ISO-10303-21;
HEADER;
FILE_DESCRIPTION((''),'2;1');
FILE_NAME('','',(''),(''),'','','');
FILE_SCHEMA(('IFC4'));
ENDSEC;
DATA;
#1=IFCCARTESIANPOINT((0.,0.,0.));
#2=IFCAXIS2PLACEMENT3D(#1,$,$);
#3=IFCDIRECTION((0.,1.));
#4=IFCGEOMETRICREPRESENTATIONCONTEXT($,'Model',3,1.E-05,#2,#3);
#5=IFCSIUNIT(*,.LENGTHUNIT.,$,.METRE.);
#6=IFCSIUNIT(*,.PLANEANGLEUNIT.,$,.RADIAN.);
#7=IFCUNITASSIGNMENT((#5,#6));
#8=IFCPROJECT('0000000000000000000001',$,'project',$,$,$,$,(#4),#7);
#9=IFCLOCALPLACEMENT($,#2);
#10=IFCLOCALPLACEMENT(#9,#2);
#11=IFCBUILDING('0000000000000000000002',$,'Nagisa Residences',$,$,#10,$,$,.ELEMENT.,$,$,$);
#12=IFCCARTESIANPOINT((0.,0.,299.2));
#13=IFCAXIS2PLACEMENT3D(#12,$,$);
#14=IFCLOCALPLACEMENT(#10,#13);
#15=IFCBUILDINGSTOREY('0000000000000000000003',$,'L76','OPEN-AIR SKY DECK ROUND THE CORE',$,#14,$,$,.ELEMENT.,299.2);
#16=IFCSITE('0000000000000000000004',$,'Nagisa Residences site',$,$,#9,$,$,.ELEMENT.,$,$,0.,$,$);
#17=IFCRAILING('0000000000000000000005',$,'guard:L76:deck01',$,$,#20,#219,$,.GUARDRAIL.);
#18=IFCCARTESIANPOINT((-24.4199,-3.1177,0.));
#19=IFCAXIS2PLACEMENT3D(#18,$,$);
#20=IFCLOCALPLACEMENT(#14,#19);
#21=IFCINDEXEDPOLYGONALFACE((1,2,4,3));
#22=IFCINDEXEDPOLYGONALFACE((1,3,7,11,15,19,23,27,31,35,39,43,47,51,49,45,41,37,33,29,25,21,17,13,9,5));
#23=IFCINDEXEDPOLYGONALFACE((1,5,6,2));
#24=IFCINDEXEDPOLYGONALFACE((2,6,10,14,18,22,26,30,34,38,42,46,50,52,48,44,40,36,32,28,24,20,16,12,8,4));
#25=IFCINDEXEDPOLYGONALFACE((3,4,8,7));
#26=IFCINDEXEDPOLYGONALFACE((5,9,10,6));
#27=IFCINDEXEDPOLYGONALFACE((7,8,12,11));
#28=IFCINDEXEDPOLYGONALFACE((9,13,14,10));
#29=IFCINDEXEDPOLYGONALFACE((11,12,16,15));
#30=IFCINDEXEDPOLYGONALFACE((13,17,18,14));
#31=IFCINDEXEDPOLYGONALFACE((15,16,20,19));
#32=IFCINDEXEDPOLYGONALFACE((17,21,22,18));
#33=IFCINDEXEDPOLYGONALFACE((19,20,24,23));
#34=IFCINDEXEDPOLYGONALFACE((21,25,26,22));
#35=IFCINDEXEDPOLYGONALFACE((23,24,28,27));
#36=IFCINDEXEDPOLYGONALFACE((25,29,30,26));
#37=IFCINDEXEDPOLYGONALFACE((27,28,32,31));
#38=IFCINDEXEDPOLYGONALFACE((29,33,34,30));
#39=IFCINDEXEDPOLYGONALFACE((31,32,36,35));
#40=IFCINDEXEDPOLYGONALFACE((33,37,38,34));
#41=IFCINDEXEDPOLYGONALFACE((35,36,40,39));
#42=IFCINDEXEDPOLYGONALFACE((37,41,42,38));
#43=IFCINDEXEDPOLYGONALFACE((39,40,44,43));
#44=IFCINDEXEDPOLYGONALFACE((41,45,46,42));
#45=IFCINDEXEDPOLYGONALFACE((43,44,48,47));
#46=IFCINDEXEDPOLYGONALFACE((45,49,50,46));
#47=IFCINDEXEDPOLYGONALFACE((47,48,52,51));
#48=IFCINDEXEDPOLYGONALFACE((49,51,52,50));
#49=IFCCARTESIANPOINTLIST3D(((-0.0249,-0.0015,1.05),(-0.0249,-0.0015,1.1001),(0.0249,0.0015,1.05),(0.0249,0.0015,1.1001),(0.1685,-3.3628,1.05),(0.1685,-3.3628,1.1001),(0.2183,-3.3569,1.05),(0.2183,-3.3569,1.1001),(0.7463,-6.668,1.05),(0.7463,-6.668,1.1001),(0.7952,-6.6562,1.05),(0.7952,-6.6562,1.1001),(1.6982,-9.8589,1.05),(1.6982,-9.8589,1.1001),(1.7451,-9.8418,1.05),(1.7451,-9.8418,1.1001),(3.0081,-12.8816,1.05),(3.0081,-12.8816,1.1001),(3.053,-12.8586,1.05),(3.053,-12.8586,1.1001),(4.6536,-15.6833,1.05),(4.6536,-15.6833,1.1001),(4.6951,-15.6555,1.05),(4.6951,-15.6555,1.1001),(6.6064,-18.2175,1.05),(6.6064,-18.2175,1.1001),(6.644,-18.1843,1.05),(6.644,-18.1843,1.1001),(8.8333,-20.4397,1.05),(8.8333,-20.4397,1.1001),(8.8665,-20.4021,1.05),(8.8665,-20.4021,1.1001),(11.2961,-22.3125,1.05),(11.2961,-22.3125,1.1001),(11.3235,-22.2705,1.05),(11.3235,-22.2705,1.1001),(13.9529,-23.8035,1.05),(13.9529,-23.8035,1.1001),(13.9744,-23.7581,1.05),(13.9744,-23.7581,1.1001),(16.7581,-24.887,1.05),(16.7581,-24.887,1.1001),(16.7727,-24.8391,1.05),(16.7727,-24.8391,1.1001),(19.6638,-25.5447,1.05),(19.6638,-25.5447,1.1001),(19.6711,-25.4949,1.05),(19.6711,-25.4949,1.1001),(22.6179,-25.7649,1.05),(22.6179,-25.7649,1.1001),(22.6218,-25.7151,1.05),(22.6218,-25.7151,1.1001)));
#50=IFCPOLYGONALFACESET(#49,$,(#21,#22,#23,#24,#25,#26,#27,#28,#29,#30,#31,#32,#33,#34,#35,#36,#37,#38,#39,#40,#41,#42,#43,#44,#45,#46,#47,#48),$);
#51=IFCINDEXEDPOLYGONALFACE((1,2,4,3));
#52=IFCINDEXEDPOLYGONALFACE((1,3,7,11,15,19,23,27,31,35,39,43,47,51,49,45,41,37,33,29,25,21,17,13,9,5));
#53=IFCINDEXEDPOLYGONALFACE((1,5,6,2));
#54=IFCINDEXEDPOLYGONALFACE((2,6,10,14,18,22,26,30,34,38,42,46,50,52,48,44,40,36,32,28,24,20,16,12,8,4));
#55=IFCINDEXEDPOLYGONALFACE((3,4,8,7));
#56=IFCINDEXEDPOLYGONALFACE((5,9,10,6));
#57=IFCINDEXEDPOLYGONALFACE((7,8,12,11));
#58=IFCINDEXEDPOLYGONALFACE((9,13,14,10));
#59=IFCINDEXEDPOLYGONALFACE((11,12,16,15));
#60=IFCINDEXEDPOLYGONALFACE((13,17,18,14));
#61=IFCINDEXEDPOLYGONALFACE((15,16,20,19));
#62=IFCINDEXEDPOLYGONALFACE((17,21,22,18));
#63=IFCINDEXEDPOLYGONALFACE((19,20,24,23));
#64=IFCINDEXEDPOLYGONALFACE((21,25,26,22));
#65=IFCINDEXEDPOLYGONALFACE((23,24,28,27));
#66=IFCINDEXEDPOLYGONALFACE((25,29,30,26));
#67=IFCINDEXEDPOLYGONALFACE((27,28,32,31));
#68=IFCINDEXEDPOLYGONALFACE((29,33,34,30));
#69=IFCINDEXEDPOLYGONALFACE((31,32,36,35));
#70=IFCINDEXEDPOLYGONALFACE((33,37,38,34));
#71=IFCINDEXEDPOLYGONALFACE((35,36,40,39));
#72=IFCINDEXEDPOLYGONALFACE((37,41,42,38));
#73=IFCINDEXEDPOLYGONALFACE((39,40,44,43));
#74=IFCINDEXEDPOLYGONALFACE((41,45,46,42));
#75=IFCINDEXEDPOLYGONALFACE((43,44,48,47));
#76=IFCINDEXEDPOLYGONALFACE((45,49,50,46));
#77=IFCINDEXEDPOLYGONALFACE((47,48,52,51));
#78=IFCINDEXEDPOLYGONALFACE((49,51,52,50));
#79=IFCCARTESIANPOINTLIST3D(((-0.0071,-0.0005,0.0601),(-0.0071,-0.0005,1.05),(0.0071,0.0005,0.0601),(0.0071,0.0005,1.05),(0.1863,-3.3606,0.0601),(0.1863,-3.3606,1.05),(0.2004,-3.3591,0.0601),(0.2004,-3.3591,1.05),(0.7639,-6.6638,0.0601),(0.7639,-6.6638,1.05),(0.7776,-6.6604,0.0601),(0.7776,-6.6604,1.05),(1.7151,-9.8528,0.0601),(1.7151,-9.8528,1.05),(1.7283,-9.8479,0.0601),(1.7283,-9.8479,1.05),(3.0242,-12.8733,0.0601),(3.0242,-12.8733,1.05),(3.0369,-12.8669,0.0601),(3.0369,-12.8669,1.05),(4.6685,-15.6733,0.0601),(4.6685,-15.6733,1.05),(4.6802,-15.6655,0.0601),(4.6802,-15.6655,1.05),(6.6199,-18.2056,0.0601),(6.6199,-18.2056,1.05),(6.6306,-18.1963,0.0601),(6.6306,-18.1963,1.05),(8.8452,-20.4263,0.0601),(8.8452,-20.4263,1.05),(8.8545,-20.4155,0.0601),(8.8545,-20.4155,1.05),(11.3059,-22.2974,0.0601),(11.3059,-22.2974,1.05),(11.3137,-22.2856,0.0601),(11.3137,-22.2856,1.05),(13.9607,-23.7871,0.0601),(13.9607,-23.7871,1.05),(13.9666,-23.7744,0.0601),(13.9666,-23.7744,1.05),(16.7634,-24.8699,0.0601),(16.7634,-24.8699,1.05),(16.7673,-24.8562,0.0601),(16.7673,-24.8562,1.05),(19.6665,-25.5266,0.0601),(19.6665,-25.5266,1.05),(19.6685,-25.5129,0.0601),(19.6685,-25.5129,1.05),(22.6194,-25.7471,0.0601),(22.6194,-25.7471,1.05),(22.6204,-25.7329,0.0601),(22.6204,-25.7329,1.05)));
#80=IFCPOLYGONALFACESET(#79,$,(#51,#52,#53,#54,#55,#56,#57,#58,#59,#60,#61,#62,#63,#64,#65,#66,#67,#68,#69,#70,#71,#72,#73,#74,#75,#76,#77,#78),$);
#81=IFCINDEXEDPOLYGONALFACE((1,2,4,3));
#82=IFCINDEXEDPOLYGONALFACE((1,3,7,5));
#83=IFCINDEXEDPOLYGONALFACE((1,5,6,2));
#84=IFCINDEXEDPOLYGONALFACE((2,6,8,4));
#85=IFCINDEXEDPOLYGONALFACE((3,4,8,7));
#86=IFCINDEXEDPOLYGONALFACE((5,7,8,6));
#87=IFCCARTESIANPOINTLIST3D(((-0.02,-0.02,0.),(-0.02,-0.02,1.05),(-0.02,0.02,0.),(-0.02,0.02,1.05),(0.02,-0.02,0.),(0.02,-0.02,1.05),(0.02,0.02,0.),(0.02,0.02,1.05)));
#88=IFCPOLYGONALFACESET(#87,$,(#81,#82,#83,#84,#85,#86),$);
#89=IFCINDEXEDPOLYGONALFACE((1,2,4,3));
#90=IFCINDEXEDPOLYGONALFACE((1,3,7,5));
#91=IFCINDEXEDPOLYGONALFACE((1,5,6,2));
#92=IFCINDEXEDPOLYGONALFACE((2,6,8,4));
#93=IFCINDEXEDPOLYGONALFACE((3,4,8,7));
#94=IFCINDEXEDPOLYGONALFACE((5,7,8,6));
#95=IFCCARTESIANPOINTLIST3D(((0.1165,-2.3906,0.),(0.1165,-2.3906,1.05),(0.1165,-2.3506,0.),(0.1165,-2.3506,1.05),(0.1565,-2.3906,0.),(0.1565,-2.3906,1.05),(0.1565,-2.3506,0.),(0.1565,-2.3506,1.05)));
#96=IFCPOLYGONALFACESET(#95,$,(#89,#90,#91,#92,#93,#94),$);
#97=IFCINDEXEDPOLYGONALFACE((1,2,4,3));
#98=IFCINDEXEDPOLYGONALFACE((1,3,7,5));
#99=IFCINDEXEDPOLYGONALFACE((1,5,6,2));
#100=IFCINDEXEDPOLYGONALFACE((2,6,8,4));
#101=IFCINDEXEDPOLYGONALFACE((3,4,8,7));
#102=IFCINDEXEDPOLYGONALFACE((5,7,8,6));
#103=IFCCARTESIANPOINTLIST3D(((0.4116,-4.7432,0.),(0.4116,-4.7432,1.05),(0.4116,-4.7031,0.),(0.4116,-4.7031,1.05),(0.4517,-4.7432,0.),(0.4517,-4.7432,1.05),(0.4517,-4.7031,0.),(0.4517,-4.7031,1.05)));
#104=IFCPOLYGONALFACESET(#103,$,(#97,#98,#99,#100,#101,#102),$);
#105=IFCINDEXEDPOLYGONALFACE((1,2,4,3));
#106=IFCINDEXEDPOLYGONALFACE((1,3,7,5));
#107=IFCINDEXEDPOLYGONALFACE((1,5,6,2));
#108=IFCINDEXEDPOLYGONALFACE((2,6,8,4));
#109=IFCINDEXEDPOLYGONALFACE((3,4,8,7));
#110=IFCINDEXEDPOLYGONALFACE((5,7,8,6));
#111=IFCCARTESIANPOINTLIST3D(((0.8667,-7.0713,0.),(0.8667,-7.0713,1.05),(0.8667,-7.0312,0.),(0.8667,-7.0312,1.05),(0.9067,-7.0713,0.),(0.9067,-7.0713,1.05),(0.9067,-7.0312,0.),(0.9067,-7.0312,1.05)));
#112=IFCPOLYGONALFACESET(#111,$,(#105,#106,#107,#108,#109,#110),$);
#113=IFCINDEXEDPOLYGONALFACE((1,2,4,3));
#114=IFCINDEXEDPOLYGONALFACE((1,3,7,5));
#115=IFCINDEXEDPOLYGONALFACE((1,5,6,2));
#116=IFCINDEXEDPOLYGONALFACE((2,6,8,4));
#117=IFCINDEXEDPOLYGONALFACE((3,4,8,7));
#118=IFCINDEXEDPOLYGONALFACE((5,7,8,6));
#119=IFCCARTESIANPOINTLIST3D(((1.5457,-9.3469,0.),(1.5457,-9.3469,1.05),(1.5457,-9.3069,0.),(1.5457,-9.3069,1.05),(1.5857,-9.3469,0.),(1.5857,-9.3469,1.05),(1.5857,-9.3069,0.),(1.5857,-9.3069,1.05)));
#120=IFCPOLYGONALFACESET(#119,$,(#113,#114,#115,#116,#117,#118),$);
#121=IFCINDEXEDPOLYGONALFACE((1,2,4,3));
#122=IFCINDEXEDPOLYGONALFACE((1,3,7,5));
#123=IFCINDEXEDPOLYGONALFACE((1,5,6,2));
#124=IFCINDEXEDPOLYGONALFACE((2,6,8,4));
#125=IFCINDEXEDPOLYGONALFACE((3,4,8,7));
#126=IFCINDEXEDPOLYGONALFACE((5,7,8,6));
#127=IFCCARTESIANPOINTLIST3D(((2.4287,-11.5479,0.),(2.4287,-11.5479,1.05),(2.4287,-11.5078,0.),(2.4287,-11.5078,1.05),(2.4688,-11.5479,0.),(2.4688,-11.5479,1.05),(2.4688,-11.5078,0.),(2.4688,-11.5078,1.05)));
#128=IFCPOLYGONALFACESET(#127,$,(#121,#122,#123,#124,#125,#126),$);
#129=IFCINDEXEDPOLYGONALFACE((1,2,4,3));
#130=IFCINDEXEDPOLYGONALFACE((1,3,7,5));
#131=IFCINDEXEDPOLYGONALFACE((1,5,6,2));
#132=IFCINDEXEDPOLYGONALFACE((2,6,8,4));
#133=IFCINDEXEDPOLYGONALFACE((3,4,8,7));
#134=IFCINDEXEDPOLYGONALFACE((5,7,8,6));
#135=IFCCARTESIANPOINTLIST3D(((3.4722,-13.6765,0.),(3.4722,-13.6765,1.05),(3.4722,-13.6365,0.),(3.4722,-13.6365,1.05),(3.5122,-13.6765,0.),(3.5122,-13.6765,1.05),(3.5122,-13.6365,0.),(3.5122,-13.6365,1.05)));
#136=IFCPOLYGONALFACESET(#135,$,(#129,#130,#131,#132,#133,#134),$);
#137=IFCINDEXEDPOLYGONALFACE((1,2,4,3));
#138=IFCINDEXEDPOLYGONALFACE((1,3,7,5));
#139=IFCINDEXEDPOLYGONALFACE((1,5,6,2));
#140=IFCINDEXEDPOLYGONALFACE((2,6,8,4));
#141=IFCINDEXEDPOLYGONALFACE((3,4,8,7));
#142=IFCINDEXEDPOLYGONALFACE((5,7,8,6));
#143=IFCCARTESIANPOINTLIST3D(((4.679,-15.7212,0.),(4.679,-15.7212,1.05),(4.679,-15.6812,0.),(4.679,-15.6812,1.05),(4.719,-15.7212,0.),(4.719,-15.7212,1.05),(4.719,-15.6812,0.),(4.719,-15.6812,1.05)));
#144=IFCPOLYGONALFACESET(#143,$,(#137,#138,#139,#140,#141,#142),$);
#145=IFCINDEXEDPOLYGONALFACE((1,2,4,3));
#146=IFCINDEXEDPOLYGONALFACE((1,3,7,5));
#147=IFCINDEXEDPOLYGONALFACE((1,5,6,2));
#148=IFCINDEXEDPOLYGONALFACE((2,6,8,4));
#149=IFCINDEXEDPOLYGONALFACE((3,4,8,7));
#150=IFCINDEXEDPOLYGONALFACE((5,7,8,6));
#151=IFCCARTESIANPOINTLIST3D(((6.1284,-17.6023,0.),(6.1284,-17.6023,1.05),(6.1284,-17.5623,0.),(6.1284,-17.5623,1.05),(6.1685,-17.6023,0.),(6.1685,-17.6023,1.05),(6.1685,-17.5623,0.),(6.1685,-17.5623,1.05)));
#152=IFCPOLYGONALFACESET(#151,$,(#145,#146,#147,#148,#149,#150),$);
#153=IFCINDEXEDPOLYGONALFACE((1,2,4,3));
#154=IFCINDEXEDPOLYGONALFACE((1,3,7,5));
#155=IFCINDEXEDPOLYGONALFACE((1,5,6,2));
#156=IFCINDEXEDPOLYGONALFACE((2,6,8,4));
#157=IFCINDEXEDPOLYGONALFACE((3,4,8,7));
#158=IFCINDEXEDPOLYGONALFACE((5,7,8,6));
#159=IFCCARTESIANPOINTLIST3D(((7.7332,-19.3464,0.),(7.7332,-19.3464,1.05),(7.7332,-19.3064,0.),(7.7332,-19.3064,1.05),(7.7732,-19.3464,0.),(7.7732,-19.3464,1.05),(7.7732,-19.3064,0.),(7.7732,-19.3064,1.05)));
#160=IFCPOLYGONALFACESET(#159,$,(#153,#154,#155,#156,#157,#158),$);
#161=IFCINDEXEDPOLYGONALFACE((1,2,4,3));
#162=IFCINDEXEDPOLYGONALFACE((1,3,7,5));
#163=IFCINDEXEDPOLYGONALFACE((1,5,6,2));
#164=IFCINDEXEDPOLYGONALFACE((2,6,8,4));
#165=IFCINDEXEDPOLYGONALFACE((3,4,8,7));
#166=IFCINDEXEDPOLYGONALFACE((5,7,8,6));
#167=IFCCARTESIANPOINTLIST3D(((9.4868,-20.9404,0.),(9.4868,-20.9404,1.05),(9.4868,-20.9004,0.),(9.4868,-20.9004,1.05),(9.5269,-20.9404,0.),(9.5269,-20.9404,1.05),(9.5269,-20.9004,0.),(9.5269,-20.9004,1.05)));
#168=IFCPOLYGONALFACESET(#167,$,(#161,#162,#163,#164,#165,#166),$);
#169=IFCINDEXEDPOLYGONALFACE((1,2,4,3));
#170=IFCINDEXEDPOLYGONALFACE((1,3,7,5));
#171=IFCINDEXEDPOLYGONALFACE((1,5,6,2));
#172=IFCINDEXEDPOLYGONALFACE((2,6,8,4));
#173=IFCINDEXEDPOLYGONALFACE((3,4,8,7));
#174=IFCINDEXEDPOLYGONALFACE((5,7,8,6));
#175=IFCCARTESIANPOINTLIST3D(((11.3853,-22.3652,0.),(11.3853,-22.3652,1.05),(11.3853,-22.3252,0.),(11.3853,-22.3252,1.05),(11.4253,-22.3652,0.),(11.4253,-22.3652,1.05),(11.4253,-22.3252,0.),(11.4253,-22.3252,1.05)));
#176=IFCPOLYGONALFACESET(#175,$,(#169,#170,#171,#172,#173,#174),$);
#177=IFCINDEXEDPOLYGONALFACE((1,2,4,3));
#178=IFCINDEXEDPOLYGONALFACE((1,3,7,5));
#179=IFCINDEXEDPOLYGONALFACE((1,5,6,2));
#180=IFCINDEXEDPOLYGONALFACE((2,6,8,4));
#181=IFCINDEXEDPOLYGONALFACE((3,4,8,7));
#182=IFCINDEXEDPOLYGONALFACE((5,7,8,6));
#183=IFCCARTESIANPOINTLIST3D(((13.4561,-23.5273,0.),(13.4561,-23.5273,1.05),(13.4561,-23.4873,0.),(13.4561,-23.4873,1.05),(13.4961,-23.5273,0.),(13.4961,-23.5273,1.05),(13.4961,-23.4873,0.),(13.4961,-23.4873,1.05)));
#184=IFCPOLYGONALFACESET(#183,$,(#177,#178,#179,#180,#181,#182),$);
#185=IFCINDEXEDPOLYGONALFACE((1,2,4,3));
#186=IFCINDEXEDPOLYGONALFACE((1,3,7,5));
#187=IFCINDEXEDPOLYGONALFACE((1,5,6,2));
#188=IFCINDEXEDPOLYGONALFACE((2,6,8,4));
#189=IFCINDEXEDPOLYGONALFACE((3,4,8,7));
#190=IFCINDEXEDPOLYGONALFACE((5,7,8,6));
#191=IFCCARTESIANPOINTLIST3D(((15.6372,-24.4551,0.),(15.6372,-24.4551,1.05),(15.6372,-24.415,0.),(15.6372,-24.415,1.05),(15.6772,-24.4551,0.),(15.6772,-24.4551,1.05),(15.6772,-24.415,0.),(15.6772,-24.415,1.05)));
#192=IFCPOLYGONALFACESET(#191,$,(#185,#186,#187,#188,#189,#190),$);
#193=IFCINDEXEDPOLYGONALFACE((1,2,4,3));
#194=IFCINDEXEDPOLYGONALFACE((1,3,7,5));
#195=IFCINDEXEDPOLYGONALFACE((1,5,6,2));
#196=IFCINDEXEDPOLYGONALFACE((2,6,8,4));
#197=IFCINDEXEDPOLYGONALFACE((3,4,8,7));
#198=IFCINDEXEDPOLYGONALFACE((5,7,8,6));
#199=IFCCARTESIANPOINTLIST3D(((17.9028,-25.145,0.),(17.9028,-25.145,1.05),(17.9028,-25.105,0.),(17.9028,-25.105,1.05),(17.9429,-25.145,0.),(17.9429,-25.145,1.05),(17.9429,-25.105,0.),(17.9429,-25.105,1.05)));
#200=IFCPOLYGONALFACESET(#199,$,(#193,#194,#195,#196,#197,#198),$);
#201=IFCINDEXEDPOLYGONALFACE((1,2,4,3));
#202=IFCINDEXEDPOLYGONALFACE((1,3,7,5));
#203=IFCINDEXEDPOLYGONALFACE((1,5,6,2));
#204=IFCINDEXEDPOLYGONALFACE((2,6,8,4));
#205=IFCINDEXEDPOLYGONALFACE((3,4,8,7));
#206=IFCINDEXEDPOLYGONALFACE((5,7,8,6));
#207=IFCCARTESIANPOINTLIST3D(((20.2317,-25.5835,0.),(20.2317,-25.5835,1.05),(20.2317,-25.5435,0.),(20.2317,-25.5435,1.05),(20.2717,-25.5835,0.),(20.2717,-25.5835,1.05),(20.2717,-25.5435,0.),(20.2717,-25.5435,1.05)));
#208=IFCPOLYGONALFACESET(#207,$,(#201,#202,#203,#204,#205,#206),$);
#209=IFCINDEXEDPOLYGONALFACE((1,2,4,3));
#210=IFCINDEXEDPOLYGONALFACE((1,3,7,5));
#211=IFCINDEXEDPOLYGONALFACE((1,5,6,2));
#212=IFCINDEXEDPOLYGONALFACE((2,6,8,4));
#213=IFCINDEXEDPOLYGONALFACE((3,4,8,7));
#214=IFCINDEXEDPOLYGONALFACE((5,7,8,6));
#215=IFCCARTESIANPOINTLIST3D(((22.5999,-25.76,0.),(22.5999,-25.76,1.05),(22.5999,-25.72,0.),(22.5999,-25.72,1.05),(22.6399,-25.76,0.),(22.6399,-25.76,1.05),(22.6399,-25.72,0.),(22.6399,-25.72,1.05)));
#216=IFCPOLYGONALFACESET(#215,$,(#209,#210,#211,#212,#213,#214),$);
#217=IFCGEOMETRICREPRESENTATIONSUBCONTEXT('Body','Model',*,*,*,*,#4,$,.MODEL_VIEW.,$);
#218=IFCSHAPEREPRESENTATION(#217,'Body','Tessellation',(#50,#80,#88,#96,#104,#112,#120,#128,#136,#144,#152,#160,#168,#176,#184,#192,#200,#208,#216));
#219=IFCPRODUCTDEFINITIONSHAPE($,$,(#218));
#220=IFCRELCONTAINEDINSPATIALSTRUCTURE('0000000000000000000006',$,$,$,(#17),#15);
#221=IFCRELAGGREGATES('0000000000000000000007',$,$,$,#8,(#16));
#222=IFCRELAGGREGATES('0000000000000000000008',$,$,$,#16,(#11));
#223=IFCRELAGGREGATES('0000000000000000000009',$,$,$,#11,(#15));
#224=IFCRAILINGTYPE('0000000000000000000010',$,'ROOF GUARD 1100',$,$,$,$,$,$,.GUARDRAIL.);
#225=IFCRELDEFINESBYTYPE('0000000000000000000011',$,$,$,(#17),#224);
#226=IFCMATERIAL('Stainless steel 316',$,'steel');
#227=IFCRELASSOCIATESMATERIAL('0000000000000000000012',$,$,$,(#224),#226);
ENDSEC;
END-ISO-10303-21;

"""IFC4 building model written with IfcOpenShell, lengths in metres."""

from ifc_helpers import new_model, si_unit, direction, frame, origin, origin_2d, place, context, subcontext, project, spatial, polyline, rectangle, outline, extrude, material, type_object, element, save


model = new_model("IFC4")

# Units and contexts
model_context = context("Model", 3, precision=1e-05, world=origin(), true_north=direction((0.0, 1.0)))
body_context = subcontext(model_context, "Body", "Model", "MODEL_VIEW")
ifc_project = project(units=[si_unit("LENGTHUNIT", "METRE"), si_unit("PLANEANGLEUNIT", "RADIAN")], contexts=[model_context])

# Site, building, storey
site_placement = place(None, origin())
site = spatial("IfcSite", under=ifc_project, at=site_placement, Name="Nagisa Residences site", CompositionType="ELEMENT", RefElevation=0.0)
building_placement = place(site_placement, origin())
building = spatial("IfcBuilding", under=site, at=building_placement, Name="Nagisa Residences", CompositionType="ELEMENT")
storey_placement = place(building_placement, frame((0.0, 0.0, 299.2)))
storey = spatial("IfcBuildingStorey", under=building, at=storey_placement, Name="L76", Description="OPEN-AIR SKY DECK ROUND THE CORE", CompositionType="ELEMENT", Elevation=299.2)

# Railing
ifc_material_1 = material(Name="Stainless steel 316", Category="steel")
railing_type_1 = type_object("IfcRailingType", Name="ROOF GUARD 1100", PredefinedType="GUARDRAIL", material=ifc_material_1)
railing_1_placement = place(storey_placement, frame((-24.4199, -3.1177, 0.0)))
element("IfcRailing", 1, at=railing_1_placement, inside=storey, type_object=railing_type_1, Name="guard:L76:deck01", PredefinedType="GUARDRAIL", context=body_context, shape_type="SweptSolid", body=[
    extrude(outline(polyline([(0.2183, -3.3569), (0.0249, 0.0015), (-0.0249, -0.0015), (0.1685, -3.3628), (0.7463, -6.668), (1.6982, -9.8589), (3.0081, -12.8816), (4.6536, -15.6833), (6.6064, -18.2175), (8.8333, -20.4397), (11.2961, -22.3125), (13.9529, -23.8035), (16.7581, -24.887), (19.6638, -25.5447), (22.6179, -25.7649), (22.6218, -25.7151), (19.6711, -25.4949), (16.7727, -24.8391), (13.9744, -23.7581), (11.3235, -22.2705), (8.8665, -20.4021), (6.644, -18.1843), (4.6951, -15.6555), (3.053, -12.8586), (1.7451, -9.8418), (0.7952, -6.6562), (0.2183, -3.3569)])), frame((0.0, 0.0, 1.05)), (0.0, 0.0, 1.0), 0.05),
    extrude(outline(polyline([(0.2004, -3.3591), (0.0071, 0.0005), (-0.0071, -0.0005), (0.1863, -3.3606), (0.7639, -6.6638), (1.7151, -9.8528), (3.0242, -12.8733), (4.6685, -15.6733), (6.6199, -18.2056), (8.8452, -20.4263), (11.3059, -22.2974), (13.9607, -23.7871), (16.7634, -24.8699), (19.6665, -25.5266), (22.6194, -25.7471), (22.6204, -25.7329), (19.6685, -25.5129), (16.7673, -24.8562), (13.9666, -23.7744), (11.3137, -22.2856), (8.8545, -20.4155), (6.6306, -18.1963), (4.6802, -15.6655), (3.0369, -12.8669), (1.7283, -9.8479), (0.7776, -6.6604), (0.2004, -3.3591)])), frame((0.0, 0.0, 0.0601)), (0.0, 0.0, 1.0), 0.99),
    extrude(rectangle(XDim=0.04, YDim=0.04, at=origin_2d()), origin(), (0.0, 0.0, 1.0), 1.05),
    extrude(rectangle(XDim=0.04, YDim=0.04, at=origin_2d()), frame((0.1365, -2.3706, 0.0)), (0.0, 0.0, 1.0), 1.05),
    extrude(rectangle(XDim=0.04, YDim=0.04, at=origin_2d()), frame((0.4316, -4.7231, 0.0)), (0.0, 0.0, 1.0), 1.05),
    extrude(rectangle(XDim=0.04, YDim=0.04, at=origin_2d()), frame((0.8867, -7.0513, 0.0)), (0.0, 0.0, 1.0), 1.05),
    extrude(rectangle(XDim=0.04, YDim=0.04, at=origin_2d()), frame((1.5657, -9.3269, 0.0)), (0.0, 0.0, 1.0), 1.05),
    extrude(rectangle(XDim=0.04, YDim=0.04, at=origin_2d()), frame((2.4487, -11.5278, 0.0)), (0.0, 0.0, 1.0), 1.05),
    extrude(rectangle(XDim=0.04, YDim=0.04, at=origin_2d()), frame((3.4922, -13.6565, 0.0)), (0.0, 0.0, 1.0), 1.05),
    extrude(rectangle(XDim=0.04, YDim=0.04, at=origin_2d()), frame((4.699, -15.7012, 0.0)), (0.0, 0.0, 1.0), 1.05),
    extrude(rectangle(XDim=0.04, YDim=0.04, at=origin_2d()), frame((6.1484, -17.5823, 0.0)), (0.0, 0.0, 1.0), 1.05),
    extrude(rectangle(XDim=0.04, YDim=0.04, at=origin_2d()), frame((7.7532, -19.3264, 0.0)), (0.0, 0.0, 1.0), 1.05),
    extrude(rectangle(XDim=0.04, YDim=0.04, at=origin_2d()), frame((9.5068, -20.9204, 0.0)), (0.0, 0.0, 1.0), 1.05),
    extrude(rectangle(XDim=0.04, YDim=0.04, at=origin_2d()), frame((11.4053, -22.3452, 0.0)), (0.0, 0.0, 1.0), 1.05),
    extrude(rectangle(XDim=0.04, YDim=0.04, at=origin_2d()), frame((13.4761, -23.5073, 0.0)), (0.0, 0.0, 1.0), 1.05),
    extrude(rectangle(XDim=0.04, YDim=0.04, at=origin_2d()), frame((15.6572, -24.4351, 0.0)), (0.0, 0.0, 1.0), 1.05),
    extrude(rectangle(XDim=0.04, YDim=0.04, at=origin_2d()), frame((17.9229, -25.125, 0.0)), (0.0, 0.0, 1.0), 1.05),
    extrude(rectangle(XDim=0.04, YDim=0.04, at=origin_2d()), frame((20.2517, -25.5635, 0.0)), (0.0, 0.0, 1.0), 1.05),
    extrude(rectangle(XDim=0.04, YDim=0.04, at=origin_2d()), frame((22.6199, -25.74, 0.0)), (0.0, 0.0, 1.0), 1.05),
])

save(model, "model.ifc")
